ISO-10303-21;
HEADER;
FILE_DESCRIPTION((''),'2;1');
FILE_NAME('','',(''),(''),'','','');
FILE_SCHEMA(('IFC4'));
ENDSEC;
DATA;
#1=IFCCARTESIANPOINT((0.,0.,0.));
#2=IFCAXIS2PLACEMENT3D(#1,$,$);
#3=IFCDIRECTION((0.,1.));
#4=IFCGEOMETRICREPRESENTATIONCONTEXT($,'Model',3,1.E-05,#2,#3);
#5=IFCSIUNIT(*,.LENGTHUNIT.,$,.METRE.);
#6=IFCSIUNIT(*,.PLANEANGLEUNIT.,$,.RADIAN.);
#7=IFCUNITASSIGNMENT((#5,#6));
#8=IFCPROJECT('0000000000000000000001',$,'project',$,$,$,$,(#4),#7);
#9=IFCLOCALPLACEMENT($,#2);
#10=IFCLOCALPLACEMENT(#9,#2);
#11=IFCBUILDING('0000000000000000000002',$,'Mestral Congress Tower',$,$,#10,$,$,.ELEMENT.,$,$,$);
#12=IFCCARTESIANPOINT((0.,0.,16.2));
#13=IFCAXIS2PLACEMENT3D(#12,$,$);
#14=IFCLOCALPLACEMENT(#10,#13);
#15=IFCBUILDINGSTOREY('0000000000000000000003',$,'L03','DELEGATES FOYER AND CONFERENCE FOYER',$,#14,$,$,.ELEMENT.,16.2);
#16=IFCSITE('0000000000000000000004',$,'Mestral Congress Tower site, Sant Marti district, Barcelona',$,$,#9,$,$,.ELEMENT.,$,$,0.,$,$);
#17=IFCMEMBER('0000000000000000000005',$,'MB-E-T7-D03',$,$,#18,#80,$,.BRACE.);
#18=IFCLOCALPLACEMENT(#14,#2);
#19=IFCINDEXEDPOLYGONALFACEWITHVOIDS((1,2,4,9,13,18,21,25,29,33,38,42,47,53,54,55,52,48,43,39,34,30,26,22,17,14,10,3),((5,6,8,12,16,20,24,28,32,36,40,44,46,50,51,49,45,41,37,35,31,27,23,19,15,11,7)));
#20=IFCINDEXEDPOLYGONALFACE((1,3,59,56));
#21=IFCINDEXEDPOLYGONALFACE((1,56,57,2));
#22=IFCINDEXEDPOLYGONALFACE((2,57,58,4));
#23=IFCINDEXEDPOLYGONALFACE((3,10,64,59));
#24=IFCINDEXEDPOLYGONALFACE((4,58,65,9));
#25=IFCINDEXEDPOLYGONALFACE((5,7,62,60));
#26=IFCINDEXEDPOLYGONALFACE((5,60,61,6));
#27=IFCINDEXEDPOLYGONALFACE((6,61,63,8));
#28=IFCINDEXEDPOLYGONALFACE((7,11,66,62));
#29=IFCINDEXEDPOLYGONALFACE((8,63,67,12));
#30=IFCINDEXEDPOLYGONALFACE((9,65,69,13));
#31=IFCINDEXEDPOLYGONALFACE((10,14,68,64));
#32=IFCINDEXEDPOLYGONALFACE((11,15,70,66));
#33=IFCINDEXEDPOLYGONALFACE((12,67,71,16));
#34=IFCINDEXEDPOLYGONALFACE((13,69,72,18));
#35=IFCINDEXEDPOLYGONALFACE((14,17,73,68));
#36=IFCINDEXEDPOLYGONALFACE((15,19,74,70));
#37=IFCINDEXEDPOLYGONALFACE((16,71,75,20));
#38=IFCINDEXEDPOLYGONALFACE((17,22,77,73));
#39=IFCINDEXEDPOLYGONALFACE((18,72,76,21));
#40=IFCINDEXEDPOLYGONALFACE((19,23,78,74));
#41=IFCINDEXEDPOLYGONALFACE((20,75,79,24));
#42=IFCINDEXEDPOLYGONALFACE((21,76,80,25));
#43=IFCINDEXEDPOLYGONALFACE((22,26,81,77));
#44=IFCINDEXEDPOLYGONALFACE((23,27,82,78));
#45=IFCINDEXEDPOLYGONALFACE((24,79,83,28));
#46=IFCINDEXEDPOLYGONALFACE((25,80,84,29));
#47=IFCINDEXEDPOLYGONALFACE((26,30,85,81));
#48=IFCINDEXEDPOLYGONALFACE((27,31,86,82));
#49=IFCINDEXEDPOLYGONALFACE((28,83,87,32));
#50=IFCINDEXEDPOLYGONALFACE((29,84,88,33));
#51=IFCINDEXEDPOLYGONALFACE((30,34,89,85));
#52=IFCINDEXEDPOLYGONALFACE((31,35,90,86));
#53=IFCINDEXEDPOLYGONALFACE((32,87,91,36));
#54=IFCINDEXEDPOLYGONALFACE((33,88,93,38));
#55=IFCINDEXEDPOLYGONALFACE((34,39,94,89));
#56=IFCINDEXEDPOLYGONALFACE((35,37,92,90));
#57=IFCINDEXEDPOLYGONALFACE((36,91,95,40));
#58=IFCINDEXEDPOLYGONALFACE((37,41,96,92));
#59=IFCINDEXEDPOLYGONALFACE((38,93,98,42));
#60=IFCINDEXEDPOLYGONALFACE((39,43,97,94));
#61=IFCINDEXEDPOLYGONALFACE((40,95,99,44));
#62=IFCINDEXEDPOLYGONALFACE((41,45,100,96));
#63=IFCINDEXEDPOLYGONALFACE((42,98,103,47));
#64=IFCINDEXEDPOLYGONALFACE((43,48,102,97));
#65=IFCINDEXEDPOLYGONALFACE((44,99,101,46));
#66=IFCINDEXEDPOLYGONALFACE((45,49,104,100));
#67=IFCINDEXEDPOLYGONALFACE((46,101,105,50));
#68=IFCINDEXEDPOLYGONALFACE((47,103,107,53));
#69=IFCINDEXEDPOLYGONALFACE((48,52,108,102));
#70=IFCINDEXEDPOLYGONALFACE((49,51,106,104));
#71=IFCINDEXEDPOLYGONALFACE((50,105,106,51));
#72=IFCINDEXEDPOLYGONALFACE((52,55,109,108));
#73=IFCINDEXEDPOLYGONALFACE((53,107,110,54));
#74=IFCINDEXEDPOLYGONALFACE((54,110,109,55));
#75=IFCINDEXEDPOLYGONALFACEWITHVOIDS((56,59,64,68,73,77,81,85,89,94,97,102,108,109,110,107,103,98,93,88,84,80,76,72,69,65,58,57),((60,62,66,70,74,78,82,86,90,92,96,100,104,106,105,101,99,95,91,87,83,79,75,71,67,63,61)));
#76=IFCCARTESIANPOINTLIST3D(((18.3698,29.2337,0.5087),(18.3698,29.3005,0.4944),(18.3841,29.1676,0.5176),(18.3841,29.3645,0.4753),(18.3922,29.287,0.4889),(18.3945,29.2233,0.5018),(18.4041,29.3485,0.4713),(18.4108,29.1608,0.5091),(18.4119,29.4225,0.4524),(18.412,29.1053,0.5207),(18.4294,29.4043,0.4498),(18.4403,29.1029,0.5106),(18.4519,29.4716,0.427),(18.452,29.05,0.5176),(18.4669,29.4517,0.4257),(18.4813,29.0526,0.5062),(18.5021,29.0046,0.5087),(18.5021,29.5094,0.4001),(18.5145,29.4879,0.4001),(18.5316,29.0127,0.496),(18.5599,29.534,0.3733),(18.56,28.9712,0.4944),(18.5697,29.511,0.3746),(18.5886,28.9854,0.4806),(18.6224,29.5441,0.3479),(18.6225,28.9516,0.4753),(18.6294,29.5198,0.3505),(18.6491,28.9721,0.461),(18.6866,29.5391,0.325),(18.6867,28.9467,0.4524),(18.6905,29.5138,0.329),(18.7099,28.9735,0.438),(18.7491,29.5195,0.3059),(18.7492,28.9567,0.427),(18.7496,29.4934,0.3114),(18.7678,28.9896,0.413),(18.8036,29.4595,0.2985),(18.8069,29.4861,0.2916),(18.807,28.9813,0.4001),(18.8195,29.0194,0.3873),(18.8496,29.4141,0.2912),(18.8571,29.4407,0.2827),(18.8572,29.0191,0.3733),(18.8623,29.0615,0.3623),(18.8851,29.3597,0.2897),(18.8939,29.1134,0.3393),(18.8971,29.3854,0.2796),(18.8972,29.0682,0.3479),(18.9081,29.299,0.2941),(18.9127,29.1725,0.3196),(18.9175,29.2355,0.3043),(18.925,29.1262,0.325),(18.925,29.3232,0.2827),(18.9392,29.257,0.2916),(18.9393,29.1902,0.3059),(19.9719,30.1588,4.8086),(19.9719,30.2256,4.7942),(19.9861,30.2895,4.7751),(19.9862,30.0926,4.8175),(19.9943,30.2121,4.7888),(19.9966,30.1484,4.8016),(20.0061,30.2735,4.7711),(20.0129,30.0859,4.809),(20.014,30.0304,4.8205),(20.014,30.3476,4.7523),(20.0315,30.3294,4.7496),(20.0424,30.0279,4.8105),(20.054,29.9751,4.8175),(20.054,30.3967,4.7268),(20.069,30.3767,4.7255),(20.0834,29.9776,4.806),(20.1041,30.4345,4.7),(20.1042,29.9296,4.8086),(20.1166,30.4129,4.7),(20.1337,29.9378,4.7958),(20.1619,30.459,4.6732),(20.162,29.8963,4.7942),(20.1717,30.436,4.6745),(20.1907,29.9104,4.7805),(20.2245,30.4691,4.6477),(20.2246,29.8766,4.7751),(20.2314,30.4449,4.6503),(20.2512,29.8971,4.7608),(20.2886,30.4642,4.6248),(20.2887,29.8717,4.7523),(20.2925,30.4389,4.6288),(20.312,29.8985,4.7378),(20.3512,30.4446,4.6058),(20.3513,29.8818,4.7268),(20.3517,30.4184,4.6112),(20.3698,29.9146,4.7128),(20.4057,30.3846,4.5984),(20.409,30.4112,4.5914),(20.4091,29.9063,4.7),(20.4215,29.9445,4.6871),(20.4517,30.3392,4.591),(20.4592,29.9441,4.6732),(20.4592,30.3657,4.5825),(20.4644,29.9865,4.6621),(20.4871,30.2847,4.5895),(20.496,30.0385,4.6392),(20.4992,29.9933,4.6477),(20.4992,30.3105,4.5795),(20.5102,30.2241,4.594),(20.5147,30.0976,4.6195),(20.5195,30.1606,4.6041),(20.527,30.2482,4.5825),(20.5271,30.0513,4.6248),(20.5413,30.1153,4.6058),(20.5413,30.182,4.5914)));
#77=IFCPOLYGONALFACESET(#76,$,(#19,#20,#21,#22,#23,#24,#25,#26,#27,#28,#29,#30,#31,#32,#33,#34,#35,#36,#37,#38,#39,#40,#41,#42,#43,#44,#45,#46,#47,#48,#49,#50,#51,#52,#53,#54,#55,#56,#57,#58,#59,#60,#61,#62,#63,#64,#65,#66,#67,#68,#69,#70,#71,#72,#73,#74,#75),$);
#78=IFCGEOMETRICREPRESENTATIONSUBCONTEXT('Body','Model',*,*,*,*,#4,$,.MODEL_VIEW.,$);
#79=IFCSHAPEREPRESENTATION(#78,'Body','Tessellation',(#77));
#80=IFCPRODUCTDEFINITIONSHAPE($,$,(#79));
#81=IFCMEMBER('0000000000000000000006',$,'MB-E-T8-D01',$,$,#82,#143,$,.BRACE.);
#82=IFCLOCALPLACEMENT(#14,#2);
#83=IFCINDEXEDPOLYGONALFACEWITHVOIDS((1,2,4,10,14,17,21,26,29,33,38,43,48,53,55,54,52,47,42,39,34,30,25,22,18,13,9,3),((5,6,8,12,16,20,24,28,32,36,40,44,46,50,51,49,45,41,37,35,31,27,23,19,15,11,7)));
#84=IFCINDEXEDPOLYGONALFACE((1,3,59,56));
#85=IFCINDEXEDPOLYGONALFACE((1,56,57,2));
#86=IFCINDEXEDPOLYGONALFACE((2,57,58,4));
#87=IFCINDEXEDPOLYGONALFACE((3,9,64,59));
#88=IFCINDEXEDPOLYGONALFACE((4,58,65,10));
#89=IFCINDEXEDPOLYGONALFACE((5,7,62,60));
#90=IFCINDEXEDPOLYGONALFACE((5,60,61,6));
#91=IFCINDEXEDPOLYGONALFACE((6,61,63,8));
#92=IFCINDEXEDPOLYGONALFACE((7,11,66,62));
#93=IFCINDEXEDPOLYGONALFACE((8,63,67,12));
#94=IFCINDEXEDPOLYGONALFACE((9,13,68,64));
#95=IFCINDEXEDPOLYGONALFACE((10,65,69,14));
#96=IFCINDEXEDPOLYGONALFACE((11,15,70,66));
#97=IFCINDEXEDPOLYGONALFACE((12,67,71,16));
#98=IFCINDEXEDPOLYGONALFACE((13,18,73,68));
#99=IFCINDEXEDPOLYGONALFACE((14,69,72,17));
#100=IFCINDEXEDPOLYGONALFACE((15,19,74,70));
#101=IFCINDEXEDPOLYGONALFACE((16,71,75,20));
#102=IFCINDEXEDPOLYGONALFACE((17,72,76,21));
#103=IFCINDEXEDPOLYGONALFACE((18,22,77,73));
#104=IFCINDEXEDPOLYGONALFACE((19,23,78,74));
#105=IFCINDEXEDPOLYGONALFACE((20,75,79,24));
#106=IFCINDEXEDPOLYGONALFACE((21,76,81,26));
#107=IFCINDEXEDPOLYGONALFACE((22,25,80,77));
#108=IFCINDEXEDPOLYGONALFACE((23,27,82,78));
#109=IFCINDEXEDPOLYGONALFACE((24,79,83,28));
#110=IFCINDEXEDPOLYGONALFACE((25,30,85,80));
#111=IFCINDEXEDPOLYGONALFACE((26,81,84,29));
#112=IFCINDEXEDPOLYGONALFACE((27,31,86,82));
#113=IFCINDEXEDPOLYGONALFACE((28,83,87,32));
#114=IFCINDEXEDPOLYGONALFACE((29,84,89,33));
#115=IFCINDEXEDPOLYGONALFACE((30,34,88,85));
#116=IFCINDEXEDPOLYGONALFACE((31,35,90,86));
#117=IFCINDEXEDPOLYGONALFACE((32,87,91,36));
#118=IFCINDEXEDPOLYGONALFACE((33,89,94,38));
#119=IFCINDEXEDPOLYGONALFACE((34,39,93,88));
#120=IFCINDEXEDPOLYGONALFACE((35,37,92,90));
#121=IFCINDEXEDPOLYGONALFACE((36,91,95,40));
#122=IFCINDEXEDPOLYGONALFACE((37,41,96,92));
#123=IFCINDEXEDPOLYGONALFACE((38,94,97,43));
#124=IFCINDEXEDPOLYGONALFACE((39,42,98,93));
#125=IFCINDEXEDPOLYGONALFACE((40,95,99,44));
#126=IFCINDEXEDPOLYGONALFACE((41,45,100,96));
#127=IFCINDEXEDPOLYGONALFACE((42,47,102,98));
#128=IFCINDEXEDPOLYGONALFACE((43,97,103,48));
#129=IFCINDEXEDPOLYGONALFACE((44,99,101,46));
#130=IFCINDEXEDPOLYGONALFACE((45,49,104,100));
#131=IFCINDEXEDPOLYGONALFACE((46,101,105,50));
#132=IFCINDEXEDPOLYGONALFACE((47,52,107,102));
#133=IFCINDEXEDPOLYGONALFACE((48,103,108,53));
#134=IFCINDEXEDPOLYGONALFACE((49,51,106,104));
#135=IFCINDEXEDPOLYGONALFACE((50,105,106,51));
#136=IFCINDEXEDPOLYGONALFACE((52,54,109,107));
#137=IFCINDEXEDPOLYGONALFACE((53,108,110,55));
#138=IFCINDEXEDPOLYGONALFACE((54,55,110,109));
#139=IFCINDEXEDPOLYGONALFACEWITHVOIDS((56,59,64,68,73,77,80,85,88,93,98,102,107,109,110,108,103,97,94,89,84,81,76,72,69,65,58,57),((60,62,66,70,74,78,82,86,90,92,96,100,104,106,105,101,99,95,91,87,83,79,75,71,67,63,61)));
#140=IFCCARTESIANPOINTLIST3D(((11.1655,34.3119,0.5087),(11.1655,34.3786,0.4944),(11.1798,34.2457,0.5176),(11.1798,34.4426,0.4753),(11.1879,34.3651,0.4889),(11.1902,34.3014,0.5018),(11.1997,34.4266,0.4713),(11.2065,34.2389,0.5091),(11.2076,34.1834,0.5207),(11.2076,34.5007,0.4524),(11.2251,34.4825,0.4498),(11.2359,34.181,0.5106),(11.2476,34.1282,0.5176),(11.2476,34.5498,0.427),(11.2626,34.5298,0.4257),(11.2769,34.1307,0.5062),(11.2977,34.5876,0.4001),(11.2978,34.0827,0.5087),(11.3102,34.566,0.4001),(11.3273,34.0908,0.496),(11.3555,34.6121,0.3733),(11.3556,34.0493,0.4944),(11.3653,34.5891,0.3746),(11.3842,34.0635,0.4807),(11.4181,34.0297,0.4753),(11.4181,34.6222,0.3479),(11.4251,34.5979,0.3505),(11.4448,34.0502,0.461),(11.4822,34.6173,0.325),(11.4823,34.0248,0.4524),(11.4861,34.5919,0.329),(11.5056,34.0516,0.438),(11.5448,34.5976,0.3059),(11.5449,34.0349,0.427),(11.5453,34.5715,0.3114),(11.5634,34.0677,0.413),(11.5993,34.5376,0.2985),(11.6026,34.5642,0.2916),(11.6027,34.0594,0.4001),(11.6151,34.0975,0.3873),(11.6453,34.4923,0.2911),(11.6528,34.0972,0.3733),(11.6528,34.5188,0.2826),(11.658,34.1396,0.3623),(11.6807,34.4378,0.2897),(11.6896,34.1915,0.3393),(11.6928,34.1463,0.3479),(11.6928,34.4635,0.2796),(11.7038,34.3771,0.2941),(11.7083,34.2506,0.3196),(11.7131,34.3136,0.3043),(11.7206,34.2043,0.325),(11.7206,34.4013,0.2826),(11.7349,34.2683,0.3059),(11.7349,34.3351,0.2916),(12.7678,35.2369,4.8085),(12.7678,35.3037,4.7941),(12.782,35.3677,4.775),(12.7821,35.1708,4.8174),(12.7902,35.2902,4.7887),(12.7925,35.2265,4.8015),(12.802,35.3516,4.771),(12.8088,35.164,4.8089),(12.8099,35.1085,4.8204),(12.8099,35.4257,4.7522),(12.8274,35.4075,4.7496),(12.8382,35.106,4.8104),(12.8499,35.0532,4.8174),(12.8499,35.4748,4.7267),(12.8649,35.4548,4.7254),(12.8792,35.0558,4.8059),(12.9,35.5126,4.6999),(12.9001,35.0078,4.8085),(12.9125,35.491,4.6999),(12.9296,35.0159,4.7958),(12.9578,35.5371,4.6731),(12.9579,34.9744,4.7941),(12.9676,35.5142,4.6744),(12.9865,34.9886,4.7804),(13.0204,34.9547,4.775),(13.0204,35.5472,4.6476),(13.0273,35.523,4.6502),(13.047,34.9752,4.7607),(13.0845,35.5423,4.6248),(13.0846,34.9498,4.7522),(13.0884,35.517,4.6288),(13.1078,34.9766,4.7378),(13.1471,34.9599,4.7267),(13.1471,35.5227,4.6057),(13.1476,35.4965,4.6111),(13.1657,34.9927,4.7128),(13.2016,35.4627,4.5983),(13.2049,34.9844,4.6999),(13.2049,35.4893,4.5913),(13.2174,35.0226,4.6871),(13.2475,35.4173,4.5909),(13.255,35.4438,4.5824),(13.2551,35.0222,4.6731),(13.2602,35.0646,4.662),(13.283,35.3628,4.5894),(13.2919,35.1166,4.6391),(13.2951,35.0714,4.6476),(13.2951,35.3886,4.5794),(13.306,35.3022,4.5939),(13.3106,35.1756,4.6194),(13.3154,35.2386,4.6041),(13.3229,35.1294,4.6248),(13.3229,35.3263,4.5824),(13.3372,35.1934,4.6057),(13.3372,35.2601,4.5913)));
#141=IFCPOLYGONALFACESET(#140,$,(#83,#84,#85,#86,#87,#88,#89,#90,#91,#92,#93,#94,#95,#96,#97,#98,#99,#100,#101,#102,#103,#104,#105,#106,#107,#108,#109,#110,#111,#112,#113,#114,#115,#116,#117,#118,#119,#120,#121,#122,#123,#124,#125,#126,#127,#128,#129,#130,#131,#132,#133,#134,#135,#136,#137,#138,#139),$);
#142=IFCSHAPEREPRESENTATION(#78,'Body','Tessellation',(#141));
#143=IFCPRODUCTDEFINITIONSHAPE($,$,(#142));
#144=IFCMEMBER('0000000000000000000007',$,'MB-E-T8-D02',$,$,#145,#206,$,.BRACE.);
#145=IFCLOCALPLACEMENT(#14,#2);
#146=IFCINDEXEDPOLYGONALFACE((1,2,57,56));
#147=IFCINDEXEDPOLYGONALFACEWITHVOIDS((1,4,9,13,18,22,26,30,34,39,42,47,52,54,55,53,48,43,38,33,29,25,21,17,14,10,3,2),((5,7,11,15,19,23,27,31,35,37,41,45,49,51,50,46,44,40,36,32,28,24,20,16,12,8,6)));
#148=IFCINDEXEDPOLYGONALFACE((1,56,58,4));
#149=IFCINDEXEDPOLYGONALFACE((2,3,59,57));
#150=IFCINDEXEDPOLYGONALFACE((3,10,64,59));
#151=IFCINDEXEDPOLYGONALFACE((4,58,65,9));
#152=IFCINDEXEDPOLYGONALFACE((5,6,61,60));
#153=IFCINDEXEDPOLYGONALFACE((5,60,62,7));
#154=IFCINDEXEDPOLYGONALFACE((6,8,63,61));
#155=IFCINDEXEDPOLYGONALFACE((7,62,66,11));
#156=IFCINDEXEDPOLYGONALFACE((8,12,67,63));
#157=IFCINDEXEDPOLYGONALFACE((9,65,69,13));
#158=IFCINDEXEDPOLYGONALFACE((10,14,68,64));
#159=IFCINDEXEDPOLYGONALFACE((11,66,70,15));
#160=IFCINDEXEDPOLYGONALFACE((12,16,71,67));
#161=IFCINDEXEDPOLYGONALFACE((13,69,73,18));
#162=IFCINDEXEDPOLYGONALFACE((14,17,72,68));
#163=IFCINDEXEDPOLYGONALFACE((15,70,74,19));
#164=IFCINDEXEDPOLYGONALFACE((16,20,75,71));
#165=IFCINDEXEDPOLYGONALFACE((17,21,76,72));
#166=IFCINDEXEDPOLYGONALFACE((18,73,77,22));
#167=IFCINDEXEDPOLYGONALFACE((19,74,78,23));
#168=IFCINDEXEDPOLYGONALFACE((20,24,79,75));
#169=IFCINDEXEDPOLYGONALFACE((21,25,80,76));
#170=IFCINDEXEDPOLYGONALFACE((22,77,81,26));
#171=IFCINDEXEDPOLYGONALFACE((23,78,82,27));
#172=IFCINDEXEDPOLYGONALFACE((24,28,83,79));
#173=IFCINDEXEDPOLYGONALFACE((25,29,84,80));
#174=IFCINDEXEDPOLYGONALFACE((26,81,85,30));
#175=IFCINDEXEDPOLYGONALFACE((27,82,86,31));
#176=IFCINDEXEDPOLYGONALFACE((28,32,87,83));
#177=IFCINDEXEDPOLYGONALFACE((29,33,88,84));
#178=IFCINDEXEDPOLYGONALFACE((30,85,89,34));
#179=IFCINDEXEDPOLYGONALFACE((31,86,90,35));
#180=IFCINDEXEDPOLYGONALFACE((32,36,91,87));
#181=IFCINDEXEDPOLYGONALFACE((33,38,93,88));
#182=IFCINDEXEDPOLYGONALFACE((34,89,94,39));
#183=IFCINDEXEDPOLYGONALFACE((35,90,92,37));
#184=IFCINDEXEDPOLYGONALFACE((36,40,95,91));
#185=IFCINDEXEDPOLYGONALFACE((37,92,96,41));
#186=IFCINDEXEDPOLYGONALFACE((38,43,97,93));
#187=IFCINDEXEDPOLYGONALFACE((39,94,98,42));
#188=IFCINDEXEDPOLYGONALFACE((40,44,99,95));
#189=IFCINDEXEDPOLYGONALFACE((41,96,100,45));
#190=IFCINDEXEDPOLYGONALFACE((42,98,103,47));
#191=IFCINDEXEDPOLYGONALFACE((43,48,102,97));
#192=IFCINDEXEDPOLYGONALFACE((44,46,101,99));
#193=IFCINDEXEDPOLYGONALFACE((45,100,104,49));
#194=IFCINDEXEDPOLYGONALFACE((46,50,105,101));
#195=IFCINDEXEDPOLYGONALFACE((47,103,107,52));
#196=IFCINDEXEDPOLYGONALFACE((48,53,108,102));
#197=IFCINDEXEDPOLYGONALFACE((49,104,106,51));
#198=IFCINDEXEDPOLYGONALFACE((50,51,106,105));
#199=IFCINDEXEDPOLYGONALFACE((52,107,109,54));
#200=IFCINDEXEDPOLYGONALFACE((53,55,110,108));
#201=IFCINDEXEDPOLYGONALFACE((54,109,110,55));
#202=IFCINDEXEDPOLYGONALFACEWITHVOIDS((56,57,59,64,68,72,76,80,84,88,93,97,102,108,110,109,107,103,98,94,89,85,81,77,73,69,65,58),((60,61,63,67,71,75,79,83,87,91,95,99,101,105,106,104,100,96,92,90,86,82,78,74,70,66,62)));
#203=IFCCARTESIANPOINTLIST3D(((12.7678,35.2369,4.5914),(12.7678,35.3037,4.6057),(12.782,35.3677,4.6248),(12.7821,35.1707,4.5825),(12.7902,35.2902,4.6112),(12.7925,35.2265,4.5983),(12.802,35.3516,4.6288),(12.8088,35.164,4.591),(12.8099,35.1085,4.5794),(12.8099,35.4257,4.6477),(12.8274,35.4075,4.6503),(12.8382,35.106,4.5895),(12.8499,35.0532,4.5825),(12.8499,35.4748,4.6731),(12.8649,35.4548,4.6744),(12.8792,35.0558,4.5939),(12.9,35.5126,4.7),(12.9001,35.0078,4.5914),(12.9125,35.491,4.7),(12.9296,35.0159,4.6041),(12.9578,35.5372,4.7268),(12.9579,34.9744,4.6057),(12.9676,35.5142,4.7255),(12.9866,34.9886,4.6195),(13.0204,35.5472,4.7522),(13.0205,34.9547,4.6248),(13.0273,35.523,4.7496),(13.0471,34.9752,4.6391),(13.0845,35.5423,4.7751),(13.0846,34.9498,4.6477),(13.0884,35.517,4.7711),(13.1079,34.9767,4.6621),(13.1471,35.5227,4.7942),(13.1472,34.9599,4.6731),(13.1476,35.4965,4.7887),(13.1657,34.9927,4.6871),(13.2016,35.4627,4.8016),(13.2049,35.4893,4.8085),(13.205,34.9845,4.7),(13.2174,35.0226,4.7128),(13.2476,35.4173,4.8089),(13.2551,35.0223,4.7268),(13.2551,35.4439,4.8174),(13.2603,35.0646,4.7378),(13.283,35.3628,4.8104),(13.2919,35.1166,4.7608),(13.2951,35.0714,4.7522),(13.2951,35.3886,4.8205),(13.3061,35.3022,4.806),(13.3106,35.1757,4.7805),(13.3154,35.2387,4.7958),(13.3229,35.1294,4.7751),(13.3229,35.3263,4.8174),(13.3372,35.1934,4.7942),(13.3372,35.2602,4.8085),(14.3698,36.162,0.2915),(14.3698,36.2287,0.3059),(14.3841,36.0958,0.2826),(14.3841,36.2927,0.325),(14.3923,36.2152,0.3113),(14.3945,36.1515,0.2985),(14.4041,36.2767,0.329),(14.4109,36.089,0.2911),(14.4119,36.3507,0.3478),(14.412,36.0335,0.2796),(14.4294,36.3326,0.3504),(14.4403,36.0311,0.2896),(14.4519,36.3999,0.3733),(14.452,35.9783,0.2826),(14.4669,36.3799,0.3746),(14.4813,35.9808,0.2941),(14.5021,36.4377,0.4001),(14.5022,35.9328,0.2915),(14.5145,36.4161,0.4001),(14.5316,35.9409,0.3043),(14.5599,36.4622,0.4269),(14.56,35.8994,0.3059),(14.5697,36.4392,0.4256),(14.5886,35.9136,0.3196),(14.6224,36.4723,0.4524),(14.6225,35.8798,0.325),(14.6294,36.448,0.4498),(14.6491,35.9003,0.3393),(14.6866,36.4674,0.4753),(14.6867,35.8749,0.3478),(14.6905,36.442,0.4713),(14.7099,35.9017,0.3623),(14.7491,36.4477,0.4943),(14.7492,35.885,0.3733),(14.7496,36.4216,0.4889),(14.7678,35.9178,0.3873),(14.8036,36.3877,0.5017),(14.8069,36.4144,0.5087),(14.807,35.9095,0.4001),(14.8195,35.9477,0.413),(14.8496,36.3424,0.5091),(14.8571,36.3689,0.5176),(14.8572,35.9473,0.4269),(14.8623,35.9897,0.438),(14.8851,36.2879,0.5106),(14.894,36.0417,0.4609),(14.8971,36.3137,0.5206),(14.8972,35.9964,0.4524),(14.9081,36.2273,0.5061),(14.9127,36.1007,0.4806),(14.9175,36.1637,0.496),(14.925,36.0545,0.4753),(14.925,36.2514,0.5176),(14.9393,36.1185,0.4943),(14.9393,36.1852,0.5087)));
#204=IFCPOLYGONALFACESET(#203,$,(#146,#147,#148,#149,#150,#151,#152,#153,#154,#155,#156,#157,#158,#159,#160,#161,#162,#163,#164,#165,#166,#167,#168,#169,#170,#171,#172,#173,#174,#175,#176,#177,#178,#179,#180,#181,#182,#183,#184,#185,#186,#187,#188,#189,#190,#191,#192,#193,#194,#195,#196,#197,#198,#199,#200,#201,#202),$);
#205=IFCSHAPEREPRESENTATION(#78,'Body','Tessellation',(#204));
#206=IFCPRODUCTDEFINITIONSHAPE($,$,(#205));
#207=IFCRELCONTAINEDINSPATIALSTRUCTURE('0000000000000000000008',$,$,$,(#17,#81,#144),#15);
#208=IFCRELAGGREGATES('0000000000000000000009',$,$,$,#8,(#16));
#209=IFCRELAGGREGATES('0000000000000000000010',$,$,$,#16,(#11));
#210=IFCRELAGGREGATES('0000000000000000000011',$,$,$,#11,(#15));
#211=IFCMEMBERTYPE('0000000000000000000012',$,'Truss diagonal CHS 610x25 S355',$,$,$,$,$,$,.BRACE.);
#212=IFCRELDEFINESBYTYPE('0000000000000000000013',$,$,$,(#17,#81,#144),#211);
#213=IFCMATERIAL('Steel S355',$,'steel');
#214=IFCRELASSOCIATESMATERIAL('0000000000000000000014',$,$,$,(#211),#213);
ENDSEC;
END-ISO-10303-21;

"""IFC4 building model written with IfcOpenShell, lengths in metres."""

from ifc_helpers import new_model, si_unit, direction, frame, origin, origin_2d, place, context, subcontext, project, spatial, hollow_circle, extrude, material, material_profile, profile_set, type_object, element, save


model = new_model("IFC4")

# Units and contexts
model_context = context("Model", 3, precision=1e-05, world=origin(), true_north=direction((0.0, 1.0)))
body_context = subcontext(model_context, "Body", "Model", "MODEL_VIEW")
ifc_project = project(units=[si_unit("LENGTHUNIT", "METRE"), si_unit("PLANEANGLEUNIT", "RADIAN")], contexts=[model_context])

# Site, building, storey
site_placement = place(None, origin())
site = spatial("IfcSite", under=ifc_project, at=site_placement, Name="Mestral Congress Tower site, Sant Marti district, Barcelona", CompositionType="ELEMENT", RefElevation=0.0)
building_placement = place(site_placement, origin())
building = spatial("IfcBuilding", under=site, at=building_placement, Name="Mestral Congress Tower", CompositionType="ELEMENT")
storey_placement = place(building_placement, frame((0.0, 0.0, 16.2)))
storey = spatial("IfcBuildingStorey", under=building, at=storey_placement, Name="L03", Description="DELEGATES FOYER AND CONFERENCE FOYER", CompositionType="ELEMENT", Elevation=16.2)

# Members
ifc_material_1 = material(Name="Steel S355", Category="steel")
ifc_material_profile_1 = material_profile(ifc_material_1, hollow_circle(Radius=0.3049, WallThickness=0.0249, at=origin_2d()), Name="CHS 610x25")
ifc_profile_set_1 = profile_set([ifc_material_profile_1], Name="Steel S355")
member_type_1 = type_object("IfcMemberType", Name="Truss diagonal CHS 610x25 S355", PredefinedType="BRACE", material=ifc_profile_set_1)
for number, where, z_axis, x_axis, name in (
    (1, (18.6545, 29.2454, 0.4001), (0.342254, 0.197623, 0.91859), (-0.500042, 0.866001, 0.0), "MB-E-T7-D03"),
    (2, (11.4502, 34.3235, 0.4001), (0.342301, 0.197619, 0.918573), (-0.499985, 0.866034, 0.0), "MB-E-T8-D01"),
    (3, (13.0525, 35.2485, 4.7), (0.342254, 0.197623, -0.91859), (-0.500042, 0.866001, 0.0), "MB-E-T8-D02"),
):
    element("IfcMember", number, at=place(storey_placement, frame(where, z_axis=z_axis, x_axis=x_axis)), inside=storey, type_object=member_type_1, Name=name, PredefinedType="BRACE", context=body_context, shape_type="SweptSolid", body=[
        extrude(hollow_circle(Radius=0.3049, WallThickness=0.0249, at=origin_2d()), origin(), (0.0, 0.0, 1.0), 4.6809),
    ])

save(model, "model.ifc")
